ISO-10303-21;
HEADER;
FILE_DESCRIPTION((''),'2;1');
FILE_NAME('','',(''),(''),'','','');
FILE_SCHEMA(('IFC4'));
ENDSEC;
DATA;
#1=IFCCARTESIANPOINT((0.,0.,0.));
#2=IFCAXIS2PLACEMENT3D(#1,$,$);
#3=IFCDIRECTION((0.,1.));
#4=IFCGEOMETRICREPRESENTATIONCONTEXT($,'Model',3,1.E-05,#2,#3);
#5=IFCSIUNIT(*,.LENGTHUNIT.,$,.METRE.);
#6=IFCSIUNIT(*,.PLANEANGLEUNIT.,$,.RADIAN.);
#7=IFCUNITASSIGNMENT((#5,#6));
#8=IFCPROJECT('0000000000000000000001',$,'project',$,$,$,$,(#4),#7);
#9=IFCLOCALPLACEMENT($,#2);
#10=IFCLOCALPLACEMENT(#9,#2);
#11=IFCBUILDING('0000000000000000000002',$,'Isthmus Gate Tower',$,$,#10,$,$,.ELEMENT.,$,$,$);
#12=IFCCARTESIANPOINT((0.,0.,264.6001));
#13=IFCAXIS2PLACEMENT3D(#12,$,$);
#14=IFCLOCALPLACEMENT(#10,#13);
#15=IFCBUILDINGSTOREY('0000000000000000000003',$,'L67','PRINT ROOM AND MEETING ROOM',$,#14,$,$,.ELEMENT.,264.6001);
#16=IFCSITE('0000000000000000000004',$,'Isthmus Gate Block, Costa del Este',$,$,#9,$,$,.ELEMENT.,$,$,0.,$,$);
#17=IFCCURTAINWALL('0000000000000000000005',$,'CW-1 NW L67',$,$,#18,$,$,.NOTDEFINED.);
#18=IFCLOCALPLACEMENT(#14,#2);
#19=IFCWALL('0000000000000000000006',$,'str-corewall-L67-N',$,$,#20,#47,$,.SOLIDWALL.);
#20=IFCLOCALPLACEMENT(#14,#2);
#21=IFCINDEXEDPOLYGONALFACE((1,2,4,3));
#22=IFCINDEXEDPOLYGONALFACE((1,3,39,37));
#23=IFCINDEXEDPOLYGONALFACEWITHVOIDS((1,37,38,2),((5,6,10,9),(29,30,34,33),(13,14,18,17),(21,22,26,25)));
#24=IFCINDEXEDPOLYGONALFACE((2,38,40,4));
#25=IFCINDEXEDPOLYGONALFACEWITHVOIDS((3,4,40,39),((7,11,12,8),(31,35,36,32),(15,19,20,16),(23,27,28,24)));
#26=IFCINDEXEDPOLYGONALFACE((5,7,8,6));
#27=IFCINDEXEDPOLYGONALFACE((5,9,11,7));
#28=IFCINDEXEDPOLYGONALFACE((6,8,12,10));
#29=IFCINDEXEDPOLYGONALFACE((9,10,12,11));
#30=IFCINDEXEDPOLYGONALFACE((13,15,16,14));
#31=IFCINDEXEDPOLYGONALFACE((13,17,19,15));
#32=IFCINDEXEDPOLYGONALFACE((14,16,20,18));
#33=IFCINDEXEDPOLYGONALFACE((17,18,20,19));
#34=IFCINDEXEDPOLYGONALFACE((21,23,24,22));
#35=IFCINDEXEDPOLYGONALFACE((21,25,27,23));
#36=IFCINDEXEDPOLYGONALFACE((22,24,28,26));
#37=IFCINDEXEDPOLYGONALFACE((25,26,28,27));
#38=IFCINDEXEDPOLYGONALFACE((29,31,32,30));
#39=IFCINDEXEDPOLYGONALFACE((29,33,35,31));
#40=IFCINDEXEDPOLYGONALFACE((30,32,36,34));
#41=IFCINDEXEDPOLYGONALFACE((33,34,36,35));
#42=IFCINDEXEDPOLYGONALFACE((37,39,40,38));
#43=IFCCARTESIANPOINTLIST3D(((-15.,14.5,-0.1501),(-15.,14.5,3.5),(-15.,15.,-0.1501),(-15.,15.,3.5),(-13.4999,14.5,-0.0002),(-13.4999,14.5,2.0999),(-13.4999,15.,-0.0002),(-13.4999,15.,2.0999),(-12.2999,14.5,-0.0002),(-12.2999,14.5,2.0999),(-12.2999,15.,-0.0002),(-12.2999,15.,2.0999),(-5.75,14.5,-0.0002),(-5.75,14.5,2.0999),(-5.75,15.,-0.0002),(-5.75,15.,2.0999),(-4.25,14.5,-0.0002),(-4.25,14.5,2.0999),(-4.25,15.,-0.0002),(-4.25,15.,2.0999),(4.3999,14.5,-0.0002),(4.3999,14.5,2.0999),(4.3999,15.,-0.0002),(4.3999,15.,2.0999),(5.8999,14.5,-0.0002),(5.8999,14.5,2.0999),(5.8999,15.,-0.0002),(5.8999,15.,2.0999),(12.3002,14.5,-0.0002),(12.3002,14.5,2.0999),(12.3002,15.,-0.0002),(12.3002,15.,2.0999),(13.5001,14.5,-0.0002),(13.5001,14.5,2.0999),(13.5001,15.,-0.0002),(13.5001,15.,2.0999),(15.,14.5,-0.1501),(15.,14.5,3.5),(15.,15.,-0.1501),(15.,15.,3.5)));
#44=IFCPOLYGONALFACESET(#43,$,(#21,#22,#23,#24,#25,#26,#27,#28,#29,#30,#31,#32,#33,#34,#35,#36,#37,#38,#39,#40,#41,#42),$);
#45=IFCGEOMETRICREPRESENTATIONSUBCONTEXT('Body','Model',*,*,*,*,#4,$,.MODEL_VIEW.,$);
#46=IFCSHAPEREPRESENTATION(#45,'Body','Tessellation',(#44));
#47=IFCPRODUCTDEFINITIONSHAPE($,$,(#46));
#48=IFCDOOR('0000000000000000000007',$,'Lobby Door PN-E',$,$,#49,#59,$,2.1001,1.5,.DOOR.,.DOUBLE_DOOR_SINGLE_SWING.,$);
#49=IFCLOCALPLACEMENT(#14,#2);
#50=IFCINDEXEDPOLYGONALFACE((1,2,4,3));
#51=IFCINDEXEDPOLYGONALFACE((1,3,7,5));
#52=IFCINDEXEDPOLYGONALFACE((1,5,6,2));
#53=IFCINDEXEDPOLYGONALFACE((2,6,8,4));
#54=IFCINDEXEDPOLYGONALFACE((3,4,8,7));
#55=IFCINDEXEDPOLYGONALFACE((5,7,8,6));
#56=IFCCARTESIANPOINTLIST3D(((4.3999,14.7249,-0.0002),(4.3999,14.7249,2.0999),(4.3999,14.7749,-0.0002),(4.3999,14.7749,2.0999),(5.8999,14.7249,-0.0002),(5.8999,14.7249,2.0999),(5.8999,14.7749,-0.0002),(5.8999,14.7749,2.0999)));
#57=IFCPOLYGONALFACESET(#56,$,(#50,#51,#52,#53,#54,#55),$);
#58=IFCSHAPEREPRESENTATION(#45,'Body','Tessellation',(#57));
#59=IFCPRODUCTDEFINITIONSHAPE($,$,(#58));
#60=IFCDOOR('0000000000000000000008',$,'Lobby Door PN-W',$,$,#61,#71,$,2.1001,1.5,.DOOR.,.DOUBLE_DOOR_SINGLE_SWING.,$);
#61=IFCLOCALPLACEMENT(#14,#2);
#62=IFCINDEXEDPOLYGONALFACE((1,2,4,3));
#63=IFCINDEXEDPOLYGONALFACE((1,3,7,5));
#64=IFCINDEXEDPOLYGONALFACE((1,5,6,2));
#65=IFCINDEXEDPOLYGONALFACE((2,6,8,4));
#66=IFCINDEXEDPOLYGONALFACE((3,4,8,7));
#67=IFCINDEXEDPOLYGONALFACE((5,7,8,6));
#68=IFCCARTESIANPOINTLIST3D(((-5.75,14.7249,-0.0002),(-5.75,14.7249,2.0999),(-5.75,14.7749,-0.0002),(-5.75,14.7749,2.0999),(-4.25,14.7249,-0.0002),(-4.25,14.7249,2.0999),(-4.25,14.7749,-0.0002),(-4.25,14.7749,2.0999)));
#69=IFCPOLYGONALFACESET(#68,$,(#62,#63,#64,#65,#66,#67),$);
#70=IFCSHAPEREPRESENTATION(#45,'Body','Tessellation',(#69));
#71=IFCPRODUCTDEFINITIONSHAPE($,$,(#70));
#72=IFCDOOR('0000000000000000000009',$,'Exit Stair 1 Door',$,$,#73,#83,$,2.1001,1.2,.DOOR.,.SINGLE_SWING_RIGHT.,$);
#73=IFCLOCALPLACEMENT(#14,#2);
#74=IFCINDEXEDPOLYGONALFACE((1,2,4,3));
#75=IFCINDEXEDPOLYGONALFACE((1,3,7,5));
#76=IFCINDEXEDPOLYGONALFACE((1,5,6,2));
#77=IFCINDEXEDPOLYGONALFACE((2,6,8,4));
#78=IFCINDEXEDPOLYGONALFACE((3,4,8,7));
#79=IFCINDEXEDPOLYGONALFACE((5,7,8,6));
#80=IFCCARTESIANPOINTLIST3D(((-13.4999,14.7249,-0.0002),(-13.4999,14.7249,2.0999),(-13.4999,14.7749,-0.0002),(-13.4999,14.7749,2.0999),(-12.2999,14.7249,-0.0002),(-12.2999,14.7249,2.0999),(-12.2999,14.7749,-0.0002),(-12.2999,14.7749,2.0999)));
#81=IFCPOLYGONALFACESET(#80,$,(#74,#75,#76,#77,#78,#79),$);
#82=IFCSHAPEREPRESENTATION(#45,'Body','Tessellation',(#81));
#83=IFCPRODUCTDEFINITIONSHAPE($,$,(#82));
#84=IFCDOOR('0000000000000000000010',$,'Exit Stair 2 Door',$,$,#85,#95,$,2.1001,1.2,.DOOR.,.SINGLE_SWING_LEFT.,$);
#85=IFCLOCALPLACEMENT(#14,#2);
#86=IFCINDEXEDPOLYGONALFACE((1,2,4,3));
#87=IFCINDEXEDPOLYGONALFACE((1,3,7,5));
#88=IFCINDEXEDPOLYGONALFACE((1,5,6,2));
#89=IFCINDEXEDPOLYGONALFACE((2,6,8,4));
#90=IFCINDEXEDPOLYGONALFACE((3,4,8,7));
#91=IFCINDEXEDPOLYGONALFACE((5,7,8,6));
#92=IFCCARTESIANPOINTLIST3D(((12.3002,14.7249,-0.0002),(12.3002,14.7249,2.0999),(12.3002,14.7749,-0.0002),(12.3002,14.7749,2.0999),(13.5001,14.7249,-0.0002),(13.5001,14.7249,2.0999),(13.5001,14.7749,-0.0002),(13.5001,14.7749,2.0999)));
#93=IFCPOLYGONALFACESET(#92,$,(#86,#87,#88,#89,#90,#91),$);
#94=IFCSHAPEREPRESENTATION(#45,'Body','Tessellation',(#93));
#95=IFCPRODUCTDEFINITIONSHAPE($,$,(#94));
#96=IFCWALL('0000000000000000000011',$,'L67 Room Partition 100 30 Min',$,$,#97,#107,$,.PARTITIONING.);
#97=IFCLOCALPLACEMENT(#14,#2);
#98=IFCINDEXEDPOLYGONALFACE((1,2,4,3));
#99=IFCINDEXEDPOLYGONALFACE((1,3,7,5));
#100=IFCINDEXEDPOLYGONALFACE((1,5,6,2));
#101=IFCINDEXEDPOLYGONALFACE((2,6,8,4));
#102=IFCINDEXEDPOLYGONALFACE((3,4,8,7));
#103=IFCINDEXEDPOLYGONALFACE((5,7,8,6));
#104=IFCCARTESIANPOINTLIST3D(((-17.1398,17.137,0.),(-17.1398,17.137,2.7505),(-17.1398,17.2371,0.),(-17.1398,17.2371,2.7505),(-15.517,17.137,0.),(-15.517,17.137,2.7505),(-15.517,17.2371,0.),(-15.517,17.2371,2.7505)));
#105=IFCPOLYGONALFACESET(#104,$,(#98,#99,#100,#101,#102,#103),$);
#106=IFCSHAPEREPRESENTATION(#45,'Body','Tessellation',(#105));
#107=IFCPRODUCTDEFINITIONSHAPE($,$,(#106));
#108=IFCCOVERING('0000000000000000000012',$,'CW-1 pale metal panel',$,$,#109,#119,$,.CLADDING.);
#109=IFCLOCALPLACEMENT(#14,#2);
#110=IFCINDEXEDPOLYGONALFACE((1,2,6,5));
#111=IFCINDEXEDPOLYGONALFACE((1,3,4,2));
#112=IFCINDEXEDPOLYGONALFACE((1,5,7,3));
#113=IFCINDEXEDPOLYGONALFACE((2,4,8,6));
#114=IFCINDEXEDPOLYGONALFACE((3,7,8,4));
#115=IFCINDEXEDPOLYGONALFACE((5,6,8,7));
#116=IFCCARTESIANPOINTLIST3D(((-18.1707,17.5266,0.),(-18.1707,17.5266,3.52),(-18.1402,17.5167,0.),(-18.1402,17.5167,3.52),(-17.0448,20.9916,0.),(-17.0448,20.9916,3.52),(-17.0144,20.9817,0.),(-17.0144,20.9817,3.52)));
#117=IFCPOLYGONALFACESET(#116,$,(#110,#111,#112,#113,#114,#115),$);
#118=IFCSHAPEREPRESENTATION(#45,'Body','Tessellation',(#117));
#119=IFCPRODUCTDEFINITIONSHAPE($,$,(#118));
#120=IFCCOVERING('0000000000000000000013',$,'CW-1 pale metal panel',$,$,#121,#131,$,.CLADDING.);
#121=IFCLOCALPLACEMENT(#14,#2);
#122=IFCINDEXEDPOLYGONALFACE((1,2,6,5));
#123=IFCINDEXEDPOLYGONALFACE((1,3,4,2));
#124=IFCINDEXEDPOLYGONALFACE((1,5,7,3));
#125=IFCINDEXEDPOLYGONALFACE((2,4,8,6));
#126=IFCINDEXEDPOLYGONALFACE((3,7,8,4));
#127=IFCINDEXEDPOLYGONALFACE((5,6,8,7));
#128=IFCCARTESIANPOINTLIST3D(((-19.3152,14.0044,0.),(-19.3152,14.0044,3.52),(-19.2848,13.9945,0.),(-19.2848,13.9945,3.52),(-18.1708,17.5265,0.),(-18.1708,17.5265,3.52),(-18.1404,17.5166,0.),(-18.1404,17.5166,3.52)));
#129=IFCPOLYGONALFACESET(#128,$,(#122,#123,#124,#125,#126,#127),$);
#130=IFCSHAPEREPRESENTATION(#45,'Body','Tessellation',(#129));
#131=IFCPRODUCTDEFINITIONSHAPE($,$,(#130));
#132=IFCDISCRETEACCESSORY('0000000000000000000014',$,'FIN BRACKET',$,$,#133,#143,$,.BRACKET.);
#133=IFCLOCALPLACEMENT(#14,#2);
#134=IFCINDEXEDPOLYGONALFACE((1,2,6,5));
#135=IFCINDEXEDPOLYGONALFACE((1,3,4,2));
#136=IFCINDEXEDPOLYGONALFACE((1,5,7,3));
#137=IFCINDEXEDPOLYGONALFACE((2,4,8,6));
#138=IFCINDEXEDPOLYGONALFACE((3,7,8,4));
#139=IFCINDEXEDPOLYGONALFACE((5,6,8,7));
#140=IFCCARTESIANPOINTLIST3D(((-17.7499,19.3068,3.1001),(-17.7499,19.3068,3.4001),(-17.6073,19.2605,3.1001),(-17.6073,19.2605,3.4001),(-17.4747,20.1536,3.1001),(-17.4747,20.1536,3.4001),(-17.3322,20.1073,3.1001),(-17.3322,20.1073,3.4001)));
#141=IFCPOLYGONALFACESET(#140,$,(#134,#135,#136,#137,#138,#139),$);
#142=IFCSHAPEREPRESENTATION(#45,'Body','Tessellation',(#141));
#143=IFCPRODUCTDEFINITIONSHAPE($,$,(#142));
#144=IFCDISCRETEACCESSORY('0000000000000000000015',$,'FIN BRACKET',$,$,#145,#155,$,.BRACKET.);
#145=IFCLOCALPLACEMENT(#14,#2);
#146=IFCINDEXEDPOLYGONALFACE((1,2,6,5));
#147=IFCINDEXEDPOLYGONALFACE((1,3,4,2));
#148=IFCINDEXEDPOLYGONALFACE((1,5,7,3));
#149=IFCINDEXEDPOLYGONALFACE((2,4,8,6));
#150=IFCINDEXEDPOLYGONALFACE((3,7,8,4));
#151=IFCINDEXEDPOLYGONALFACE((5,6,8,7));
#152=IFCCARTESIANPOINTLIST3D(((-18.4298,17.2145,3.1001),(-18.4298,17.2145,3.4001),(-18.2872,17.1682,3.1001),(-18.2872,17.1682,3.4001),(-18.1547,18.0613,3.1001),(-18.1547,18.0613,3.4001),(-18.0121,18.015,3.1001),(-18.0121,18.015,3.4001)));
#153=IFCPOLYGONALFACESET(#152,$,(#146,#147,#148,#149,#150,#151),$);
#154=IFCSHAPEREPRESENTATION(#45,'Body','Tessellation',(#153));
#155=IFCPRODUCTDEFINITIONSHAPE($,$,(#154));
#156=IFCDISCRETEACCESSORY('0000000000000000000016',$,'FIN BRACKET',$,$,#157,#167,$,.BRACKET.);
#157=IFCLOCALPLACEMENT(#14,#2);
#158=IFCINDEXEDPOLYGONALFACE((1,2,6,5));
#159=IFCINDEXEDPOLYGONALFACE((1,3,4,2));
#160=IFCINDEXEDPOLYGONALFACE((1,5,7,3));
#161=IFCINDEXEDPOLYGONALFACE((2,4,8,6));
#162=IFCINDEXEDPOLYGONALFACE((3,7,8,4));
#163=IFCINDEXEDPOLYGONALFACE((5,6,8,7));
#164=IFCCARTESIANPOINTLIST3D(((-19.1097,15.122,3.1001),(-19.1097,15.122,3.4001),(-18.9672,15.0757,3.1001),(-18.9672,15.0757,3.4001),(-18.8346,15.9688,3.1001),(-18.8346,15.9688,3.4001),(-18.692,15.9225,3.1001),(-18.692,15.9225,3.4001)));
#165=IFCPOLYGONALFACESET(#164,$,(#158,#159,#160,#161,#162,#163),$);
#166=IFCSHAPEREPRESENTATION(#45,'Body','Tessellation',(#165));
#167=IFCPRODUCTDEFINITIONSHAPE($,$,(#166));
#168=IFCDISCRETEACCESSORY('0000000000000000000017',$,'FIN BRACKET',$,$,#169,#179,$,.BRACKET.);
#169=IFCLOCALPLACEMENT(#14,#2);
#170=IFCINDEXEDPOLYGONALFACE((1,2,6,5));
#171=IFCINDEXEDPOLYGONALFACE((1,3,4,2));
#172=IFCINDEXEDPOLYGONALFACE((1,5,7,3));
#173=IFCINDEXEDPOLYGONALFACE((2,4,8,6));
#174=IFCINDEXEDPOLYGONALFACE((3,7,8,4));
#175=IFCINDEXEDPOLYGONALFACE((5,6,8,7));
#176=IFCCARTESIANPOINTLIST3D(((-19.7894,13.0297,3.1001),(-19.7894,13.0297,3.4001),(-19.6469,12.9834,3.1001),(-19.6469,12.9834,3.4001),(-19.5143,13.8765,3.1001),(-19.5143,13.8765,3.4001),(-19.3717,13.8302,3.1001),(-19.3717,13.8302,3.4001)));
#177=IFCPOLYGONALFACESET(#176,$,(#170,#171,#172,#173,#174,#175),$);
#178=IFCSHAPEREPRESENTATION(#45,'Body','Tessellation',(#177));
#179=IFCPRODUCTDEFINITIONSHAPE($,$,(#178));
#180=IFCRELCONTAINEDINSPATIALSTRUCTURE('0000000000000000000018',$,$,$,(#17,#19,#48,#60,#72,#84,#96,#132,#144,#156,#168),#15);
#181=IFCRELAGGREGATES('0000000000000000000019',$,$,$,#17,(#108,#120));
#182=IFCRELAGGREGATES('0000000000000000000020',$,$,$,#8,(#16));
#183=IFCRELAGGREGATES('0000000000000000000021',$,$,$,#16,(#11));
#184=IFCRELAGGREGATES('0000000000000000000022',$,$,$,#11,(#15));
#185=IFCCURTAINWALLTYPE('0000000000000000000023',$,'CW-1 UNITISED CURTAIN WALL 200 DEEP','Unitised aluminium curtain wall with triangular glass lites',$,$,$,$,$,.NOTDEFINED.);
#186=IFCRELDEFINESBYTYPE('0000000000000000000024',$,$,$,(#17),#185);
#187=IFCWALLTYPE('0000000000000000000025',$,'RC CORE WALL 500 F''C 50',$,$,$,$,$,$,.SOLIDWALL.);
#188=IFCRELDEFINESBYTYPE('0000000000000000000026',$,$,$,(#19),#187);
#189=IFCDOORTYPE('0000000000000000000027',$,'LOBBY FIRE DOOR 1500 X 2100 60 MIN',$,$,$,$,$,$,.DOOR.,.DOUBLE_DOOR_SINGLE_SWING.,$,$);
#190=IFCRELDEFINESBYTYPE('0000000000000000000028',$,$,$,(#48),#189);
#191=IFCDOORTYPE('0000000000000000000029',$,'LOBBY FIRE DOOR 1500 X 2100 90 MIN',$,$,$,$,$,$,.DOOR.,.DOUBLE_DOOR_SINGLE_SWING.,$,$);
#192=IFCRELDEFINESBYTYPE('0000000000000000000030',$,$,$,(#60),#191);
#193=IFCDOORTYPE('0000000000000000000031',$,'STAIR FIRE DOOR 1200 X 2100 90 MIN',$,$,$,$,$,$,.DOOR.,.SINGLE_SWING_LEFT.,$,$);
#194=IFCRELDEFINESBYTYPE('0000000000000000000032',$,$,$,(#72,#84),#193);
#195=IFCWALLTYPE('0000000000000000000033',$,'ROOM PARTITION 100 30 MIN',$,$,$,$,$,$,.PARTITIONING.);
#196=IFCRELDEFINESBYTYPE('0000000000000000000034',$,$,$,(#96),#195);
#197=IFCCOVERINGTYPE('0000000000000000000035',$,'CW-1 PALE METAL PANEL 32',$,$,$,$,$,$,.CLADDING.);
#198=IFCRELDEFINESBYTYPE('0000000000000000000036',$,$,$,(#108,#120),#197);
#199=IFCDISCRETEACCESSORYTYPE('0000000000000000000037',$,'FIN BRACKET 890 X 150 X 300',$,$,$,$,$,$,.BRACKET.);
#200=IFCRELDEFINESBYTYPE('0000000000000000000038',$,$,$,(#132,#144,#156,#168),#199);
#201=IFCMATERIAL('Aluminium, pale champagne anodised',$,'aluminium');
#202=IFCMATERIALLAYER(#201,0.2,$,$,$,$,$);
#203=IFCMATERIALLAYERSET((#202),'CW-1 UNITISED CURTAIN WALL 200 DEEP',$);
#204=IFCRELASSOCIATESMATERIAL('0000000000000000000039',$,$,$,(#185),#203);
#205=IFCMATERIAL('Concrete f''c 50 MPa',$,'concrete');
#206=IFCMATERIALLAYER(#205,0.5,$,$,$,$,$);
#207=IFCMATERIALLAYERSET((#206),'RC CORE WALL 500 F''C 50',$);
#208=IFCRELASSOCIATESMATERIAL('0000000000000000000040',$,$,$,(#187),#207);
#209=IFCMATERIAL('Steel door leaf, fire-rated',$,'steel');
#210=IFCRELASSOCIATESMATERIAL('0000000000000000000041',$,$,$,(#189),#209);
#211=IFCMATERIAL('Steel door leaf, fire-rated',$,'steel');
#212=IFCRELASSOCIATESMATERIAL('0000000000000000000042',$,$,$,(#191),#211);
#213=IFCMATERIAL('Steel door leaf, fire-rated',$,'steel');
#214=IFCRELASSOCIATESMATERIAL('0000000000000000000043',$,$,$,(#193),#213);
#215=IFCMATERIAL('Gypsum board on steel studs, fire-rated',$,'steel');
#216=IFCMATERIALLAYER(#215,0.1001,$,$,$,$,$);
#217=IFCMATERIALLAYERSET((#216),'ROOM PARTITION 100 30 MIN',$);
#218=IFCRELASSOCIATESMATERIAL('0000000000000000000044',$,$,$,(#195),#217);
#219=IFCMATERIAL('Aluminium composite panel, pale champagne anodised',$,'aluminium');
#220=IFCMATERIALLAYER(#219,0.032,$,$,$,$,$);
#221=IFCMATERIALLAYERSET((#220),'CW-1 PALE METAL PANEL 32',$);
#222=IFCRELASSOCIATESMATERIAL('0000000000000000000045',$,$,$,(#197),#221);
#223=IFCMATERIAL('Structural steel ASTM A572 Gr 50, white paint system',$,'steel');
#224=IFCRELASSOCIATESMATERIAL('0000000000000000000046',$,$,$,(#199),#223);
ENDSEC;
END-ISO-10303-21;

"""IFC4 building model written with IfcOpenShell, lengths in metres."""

from ifc_helpers import new_model, si_unit, direction, frame, frame_2d, origin, origin_2d, place, context, subcontext, project, spatial, rectangle, extrude, material, layer, layer_set, type_object, element, fill, aggregate, save


model = new_model("IFC4")

# Units and contexts
model_context = context("Model", 3, precision=1e-05, world=origin(), true_north=direction((0.0, 1.0)))
body_context = subcontext(model_context, "Body", "Model", "MODEL_VIEW")
ifc_project = project(units=[si_unit("LENGTHUNIT", "METRE"), si_unit("PLANEANGLEUNIT", "RADIAN")], contexts=[model_context])

# Site, building, storey
site_placement = place(None, origin())
site = spatial("IfcSite", under=ifc_project, at=site_placement, Name="Isthmus Gate Block, Costa del Este", CompositionType="ELEMENT", RefElevation=0.0)
building_placement = place(site_placement, origin())
building = spatial("IfcBuilding", under=site, at=building_placement, Name="Isthmus Gate Tower", CompositionType="ELEMENT")
storey_placement = place(building_placement, frame((0.0, 0.0, 264.6001)))
storey = spatial("IfcBuildingStorey", under=building, at=storey_placement, Name="L67", Description="PRINT ROOM AND MEETING ROOM", CompositionType="ELEMENT", Elevation=264.6001)

# Shared definitions
ifc_material_1 = material(Name="Aluminium, pale champagne anodised", Category="aluminium")
ifc_layer_1 = layer(ifc_material_1, 0.2)
ifc_layer_set_1 = layer_set([ifc_layer_1], Name="CW-1 UNITISED CURTAIN WALL 200 DEEP")
curtain_wall_type = type_object("IfcCurtainWallType", Name="CW-1 UNITISED CURTAIN WALL 200 DEEP", Description="Unitised aluminium curtain wall with triangular glass lites", PredefinedType="NOTDEFINED", material=ifc_layer_set_1)

# Curtain wall
curtain_wall_1_placement = place(storey_placement, origin())
curtain_wall_1 = element("IfcCurtainWall", 1, at=curtain_wall_1_placement, inside=storey, type_object=curtain_wall_type, Name="CW-1 NW L67", PredefinedType="NOTDEFINED")

# Wall, openings, doors
ifc_material_2 = material(Name="Concrete f'c 50 MPa", Category="concrete")
ifc_layer_2 = layer(ifc_material_2, 0.5)
ifc_layer_set_2 = layer_set([ifc_layer_2], Name="RC CORE WALL 500 F'C 50")
wall_type_1 = type_object("IfcWallType", Name="RC CORE WALL 500 F'C 50", PredefinedType="SOLIDWALL", material=ifc_layer_set_2)
wall_1_placement = place(storey_placement, frame((-15.0, 14.75, -0.1501), z_axis=(0.0, 0.0, 1.0), x_axis=(1.0, 0.0, 0.0)))
wall_1 = element("IfcWall", 2, at=wall_1_placement, inside=storey, type_object=wall_type_1, Name="str-corewall-L67-N", PredefinedType="SOLIDWALL", context=body_context, shape_type="SweptSolid", body=[
    extrude(rectangle(XDim=30.0, YDim=0.5, at=frame_2d((15.0, 0.0))), origin(), (0.0, 0.0, 1.0), 3.6501),
])
opening_1_placement = place(wall_1_placement, frame((9.25, 0.0, 0.1499)))
opening_1 = element("IfcOpeningElement", 3, at=opening_1_placement, cuts=wall_1, PredefinedType="OPENING", context=body_context, shape_type="SweptSolid", body=[
    extrude(rectangle(XDim=1.5, YDim=2.1001, at=frame_2d((0.75, 1.05))), frame((0.0, 0.26, 0.0), z_axis=(0.0, -1.0, 0.0), x_axis=(1.0, 0.0, 0.0)), (0.0, 0.0, 1.0), 0.52),
])
opening_2_placement = place(wall_1_placement, frame((19.3999, 0.0, 0.1499)))
opening_2 = element("IfcOpeningElement", 4, at=opening_2_placement, cuts=wall_1, PredefinedType="OPENING", context=body_context, shape_type="SweptSolid", body=[
    extrude(rectangle(XDim=1.5, YDim=2.1001, at=frame_2d((0.75, 1.05))), frame((0.0, 0.26, 0.0), z_axis=(0.0, -1.0, 0.0), x_axis=(1.0, 0.0, 0.0)), (0.0, 0.0, 1.0), 0.52),
])
opening_3_placement = place(wall_1_placement, frame((1.5, 0.0, 0.1499)))
opening_3 = element("IfcOpeningElement", 5, at=opening_3_placement, cuts=wall_1, PredefinedType="OPENING", context=body_context, shape_type="SweptSolid", body=[
    extrude(rectangle(XDim=1.2, YDim=2.1001, at=frame_2d((0.6001, 1.05))), frame((0.0, 0.26, 0.0), z_axis=(0.0, -1.0, 0.0), x_axis=(1.0, 0.0, 0.0)), (0.0, 0.0, 1.0), 0.52),
])
opening_4_placement = place(wall_1_placement, frame((27.3, 0.0, 0.1499)))
opening_4 = element("IfcOpeningElement", 6, at=opening_4_placement, cuts=wall_1, PredefinedType="OPENING", context=body_context, shape_type="SweptSolid", body=[
    extrude(rectangle(XDim=1.2, YDim=2.1001, at=frame_2d((0.6001, 1.05))), frame((0.0, 0.26, 0.0), z_axis=(0.0, -1.0, 0.0), x_axis=(1.0, 0.0, 0.0)), (0.0, 0.0, 1.0), 0.52),
])
ifc_material_3 = material(Name="Steel door leaf, fire-rated", Category="steel")
door_type_1 = type_object("IfcDoorType", Name="LOBBY FIRE DOOR 1500 X 2100 60 MIN", OperationType="DOUBLE_DOOR_SINGLE_SWING", PredefinedType="DOOR", material=ifc_material_3)
door_1_placement = place(opening_2_placement, origin())
door_1 = element("IfcDoor", 7, at=door_1_placement, inside=storey, type_object=door_type_1, Name="Lobby Door PN-E", OperationType="DOUBLE_DOOR_SINGLE_SWING", OverallHeight=2.1001, OverallWidth=1.5, PredefinedType="DOOR", context=body_context, shape_type="SweptSolid", body=[
    extrude(rectangle(XDim=1.5, YDim=2.1001, at=frame_2d((0.75, 1.05))), frame((0.0, 0.0249, 0.0), z_axis=(0.0, -1.0, 0.0), x_axis=(1.0, 0.0, 0.0)), (0.0, 0.0, 1.0), 0.05),
])
fill(opening_2, door_1)
ifc_material_4 = material(Name="Steel door leaf, fire-rated", Category="steel")
door_type_2 = type_object("IfcDoorType", Name="LOBBY FIRE DOOR 1500 X 2100 90 MIN", OperationType="DOUBLE_DOOR_SINGLE_SWING", PredefinedType="DOOR", material=ifc_material_4)
door_2_placement = place(opening_1_placement, origin())
door_2 = element("IfcDoor", 8, at=door_2_placement, inside=storey, type_object=door_type_2, Name="Lobby Door PN-W", OperationType="DOUBLE_DOOR_SINGLE_SWING", OverallHeight=2.1001, OverallWidth=1.5, PredefinedType="DOOR", context=body_context, shape_type="SweptSolid", body=[
    extrude(rectangle(XDim=1.5, YDim=2.1001, at=frame_2d((0.75, 1.05))), frame((0.0, 0.0249, 0.0), z_axis=(0.0, -1.0, 0.0), x_axis=(1.0, 0.0, 0.0)), (0.0, 0.0, 1.0), 0.05),
])
fill(opening_1, door_2)
ifc_material_5 = material(Name="Steel door leaf, fire-rated", Category="steel")
door_type_3 = type_object("IfcDoorType", Name="STAIR FIRE DOOR 1200 X 2100 90 MIN", OperationType="SINGLE_SWING_LEFT", PredefinedType="DOOR", material=ifc_material_5)
door_3_placement = place(opening_3_placement, origin())
door_3 = element("IfcDoor", 9, at=door_3_placement, inside=storey, type_object=door_type_3, Name="Exit Stair 1 Door", OperationType="SINGLE_SWING_RIGHT", OverallHeight=2.1001, OverallWidth=1.2, PredefinedType="DOOR", context=body_context, shape_type="SweptSolid", body=[
    extrude(rectangle(XDim=1.2, YDim=2.1001, at=frame_2d((0.6001, 1.05))), frame((0.0, 0.0249, 0.0), z_axis=(0.0, -1.0, 0.0), x_axis=(1.0, 0.0, 0.0)), (0.0, 0.0, 1.0), 0.05),
])
fill(opening_3, door_3)
door_4_placement = place(opening_4_placement, origin())
door_4 = element("IfcDoor", 10, at=door_4_placement, inside=storey, type_object=door_type_3, Name="Exit Stair 2 Door", OperationType="SINGLE_SWING_LEFT", OverallHeight=2.1001, OverallWidth=1.2, PredefinedType="DOOR", context=body_context, shape_type="SweptSolid", body=[
    extrude(rectangle(XDim=1.2, YDim=2.1001, at=frame_2d((0.6001, 1.05))), frame((0.0, 0.0249, 0.0), z_axis=(0.0, -1.0, 0.0), x_axis=(1.0, 0.0, 0.0)), (0.0, 0.0, 1.0), 0.05),
])
fill(opening_4, door_4)

# Wall
ifc_material_6 = material(Name="Gypsum board on steel studs, fire-rated", Category="steel")
ifc_layer_3 = layer(ifc_material_6, 0.1001)
ifc_layer_set_3 = layer_set([ifc_layer_3], Name="ROOM PARTITION 100 30 MIN")
wall_type_2 = type_object("IfcWallType", Name="ROOM PARTITION 100 30 MIN", PredefinedType="PARTITIONING", material=ifc_layer_set_3)
wall_2_placement = place(storey_placement, frame((-17.1399, 17.187, 0.0), z_axis=(0.0, 0.0, 1.0), x_axis=(1.0, 0.0, 0.0)))
element("IfcWall", 11, at=wall_2_placement, inside=storey, type_object=wall_type_2, Name="L67 Room Partition 100 30 Min", PredefinedType="PARTITIONING", context=body_context, shape_type="SweptSolid", body=[
    extrude(rectangle(XDim=1.6228, YDim=0.1001, at=frame_2d((0.8115, 0.0))), origin(), (0.0, 0.0, 1.0), 2.7505),
])

# Coverings
ifc_material_7 = material(Name="Aluminium composite panel, pale champagne anodised", Category="aluminium")
ifc_layer_4 = layer(ifc_material_7, 0.032)
ifc_layer_set_4 = layer_set([ifc_layer_4], Name="CW-1 PALE METAL PANEL 32")
covering_type = type_object("IfcCoveringType", Name="CW-1 PALE METAL PANEL 32", PredefinedType="CLADDING", material=ifc_layer_set_4)
covering_1_placement = place(storey_placement, frame((-17.5925, 19.2542, 0.0), z_axis=(0.0, 0.0, 1.0), x_axis=(-0.309017, -0.951057, 0.0)))
covering_1 = element("IfcCovering", 12, at=covering_1_placement, type_object=covering_type, Name="CW-1 pale metal panel", PredefinedType="CLADDING", context=body_context, shape_type="SweptSolid", body=[
    extrude(rectangle(XDim=3.6433, YDim=0.032, at=origin_2d()), origin(), (0.0, 0.0, 1.0), 3.52),
])
covering_2_placement = place(storey_placement, frame((-18.7278, 15.7605, 0.0), z_axis=(0.0, 0.0, 1.0), x_axis=(-0.309017, -0.951057, 0.0)))
covering_2 = element("IfcCovering", 13, at=covering_2_placement, type_object=covering_type, Name="CW-1 pale metal panel", PredefinedType="CLADDING", context=body_context, shape_type="SweptSolid", body=[
    extrude(rectangle(XDim=3.7034, YDim=0.032, at=origin_2d()), origin(), (0.0, 0.0, 1.0), 3.52),
])
aggregate(curtain_wall_1, [covering_1, covering_2])

# Discrete accessories
ifc_material_8 = material(Name="Structural steel ASTM A572 Gr 50, white paint system", Category="steel")
discrete_accessory_type = type_object("IfcDiscreteAccessoryType", Name="FIN BRACKET 890 X 150 X 300", PredefinedType="BRACKET", material=ifc_material_8)
for number, where, z_axis, x_axis, name in (
    (14, (-17.541, 19.707, 3.1001), (0.0, 0.0, 1.0), (-0.951057, 0.309017, 0.0), "FIN BRACKET"),
    (15, (-18.2209, 17.6147, 3.1001), (0.0, 0.0, 1.0), (-0.951057, 0.309017, 0.0), "FIN BRACKET"),
    (16, (-18.9009, 15.5222, 3.1001), (0.0, 0.0, 1.0), (-0.951057, 0.309017, 0.0), "FIN BRACKET"),
    (17, (-19.5806, 13.4299, 3.1001), (0.0, 0.0, 1.0), (-0.951057, 0.309017, 0.0), "FIN BRACKET"),
):
    element("IfcDiscreteAccessory", number, at=place(storey_placement, frame(where, z_axis=z_axis, x_axis=x_axis)), inside=storey, type_object=discrete_accessory_type, Name=name, PredefinedType="BRACKET", context=body_context, shape_type="SweptSolid", body=[
        extrude(rectangle(XDim=0.1499, YDim=0.8904, at=origin_2d()), origin(), (0.0, 0.0, 1.0), 0.3),
    ])

save(model, "model.ifc")
